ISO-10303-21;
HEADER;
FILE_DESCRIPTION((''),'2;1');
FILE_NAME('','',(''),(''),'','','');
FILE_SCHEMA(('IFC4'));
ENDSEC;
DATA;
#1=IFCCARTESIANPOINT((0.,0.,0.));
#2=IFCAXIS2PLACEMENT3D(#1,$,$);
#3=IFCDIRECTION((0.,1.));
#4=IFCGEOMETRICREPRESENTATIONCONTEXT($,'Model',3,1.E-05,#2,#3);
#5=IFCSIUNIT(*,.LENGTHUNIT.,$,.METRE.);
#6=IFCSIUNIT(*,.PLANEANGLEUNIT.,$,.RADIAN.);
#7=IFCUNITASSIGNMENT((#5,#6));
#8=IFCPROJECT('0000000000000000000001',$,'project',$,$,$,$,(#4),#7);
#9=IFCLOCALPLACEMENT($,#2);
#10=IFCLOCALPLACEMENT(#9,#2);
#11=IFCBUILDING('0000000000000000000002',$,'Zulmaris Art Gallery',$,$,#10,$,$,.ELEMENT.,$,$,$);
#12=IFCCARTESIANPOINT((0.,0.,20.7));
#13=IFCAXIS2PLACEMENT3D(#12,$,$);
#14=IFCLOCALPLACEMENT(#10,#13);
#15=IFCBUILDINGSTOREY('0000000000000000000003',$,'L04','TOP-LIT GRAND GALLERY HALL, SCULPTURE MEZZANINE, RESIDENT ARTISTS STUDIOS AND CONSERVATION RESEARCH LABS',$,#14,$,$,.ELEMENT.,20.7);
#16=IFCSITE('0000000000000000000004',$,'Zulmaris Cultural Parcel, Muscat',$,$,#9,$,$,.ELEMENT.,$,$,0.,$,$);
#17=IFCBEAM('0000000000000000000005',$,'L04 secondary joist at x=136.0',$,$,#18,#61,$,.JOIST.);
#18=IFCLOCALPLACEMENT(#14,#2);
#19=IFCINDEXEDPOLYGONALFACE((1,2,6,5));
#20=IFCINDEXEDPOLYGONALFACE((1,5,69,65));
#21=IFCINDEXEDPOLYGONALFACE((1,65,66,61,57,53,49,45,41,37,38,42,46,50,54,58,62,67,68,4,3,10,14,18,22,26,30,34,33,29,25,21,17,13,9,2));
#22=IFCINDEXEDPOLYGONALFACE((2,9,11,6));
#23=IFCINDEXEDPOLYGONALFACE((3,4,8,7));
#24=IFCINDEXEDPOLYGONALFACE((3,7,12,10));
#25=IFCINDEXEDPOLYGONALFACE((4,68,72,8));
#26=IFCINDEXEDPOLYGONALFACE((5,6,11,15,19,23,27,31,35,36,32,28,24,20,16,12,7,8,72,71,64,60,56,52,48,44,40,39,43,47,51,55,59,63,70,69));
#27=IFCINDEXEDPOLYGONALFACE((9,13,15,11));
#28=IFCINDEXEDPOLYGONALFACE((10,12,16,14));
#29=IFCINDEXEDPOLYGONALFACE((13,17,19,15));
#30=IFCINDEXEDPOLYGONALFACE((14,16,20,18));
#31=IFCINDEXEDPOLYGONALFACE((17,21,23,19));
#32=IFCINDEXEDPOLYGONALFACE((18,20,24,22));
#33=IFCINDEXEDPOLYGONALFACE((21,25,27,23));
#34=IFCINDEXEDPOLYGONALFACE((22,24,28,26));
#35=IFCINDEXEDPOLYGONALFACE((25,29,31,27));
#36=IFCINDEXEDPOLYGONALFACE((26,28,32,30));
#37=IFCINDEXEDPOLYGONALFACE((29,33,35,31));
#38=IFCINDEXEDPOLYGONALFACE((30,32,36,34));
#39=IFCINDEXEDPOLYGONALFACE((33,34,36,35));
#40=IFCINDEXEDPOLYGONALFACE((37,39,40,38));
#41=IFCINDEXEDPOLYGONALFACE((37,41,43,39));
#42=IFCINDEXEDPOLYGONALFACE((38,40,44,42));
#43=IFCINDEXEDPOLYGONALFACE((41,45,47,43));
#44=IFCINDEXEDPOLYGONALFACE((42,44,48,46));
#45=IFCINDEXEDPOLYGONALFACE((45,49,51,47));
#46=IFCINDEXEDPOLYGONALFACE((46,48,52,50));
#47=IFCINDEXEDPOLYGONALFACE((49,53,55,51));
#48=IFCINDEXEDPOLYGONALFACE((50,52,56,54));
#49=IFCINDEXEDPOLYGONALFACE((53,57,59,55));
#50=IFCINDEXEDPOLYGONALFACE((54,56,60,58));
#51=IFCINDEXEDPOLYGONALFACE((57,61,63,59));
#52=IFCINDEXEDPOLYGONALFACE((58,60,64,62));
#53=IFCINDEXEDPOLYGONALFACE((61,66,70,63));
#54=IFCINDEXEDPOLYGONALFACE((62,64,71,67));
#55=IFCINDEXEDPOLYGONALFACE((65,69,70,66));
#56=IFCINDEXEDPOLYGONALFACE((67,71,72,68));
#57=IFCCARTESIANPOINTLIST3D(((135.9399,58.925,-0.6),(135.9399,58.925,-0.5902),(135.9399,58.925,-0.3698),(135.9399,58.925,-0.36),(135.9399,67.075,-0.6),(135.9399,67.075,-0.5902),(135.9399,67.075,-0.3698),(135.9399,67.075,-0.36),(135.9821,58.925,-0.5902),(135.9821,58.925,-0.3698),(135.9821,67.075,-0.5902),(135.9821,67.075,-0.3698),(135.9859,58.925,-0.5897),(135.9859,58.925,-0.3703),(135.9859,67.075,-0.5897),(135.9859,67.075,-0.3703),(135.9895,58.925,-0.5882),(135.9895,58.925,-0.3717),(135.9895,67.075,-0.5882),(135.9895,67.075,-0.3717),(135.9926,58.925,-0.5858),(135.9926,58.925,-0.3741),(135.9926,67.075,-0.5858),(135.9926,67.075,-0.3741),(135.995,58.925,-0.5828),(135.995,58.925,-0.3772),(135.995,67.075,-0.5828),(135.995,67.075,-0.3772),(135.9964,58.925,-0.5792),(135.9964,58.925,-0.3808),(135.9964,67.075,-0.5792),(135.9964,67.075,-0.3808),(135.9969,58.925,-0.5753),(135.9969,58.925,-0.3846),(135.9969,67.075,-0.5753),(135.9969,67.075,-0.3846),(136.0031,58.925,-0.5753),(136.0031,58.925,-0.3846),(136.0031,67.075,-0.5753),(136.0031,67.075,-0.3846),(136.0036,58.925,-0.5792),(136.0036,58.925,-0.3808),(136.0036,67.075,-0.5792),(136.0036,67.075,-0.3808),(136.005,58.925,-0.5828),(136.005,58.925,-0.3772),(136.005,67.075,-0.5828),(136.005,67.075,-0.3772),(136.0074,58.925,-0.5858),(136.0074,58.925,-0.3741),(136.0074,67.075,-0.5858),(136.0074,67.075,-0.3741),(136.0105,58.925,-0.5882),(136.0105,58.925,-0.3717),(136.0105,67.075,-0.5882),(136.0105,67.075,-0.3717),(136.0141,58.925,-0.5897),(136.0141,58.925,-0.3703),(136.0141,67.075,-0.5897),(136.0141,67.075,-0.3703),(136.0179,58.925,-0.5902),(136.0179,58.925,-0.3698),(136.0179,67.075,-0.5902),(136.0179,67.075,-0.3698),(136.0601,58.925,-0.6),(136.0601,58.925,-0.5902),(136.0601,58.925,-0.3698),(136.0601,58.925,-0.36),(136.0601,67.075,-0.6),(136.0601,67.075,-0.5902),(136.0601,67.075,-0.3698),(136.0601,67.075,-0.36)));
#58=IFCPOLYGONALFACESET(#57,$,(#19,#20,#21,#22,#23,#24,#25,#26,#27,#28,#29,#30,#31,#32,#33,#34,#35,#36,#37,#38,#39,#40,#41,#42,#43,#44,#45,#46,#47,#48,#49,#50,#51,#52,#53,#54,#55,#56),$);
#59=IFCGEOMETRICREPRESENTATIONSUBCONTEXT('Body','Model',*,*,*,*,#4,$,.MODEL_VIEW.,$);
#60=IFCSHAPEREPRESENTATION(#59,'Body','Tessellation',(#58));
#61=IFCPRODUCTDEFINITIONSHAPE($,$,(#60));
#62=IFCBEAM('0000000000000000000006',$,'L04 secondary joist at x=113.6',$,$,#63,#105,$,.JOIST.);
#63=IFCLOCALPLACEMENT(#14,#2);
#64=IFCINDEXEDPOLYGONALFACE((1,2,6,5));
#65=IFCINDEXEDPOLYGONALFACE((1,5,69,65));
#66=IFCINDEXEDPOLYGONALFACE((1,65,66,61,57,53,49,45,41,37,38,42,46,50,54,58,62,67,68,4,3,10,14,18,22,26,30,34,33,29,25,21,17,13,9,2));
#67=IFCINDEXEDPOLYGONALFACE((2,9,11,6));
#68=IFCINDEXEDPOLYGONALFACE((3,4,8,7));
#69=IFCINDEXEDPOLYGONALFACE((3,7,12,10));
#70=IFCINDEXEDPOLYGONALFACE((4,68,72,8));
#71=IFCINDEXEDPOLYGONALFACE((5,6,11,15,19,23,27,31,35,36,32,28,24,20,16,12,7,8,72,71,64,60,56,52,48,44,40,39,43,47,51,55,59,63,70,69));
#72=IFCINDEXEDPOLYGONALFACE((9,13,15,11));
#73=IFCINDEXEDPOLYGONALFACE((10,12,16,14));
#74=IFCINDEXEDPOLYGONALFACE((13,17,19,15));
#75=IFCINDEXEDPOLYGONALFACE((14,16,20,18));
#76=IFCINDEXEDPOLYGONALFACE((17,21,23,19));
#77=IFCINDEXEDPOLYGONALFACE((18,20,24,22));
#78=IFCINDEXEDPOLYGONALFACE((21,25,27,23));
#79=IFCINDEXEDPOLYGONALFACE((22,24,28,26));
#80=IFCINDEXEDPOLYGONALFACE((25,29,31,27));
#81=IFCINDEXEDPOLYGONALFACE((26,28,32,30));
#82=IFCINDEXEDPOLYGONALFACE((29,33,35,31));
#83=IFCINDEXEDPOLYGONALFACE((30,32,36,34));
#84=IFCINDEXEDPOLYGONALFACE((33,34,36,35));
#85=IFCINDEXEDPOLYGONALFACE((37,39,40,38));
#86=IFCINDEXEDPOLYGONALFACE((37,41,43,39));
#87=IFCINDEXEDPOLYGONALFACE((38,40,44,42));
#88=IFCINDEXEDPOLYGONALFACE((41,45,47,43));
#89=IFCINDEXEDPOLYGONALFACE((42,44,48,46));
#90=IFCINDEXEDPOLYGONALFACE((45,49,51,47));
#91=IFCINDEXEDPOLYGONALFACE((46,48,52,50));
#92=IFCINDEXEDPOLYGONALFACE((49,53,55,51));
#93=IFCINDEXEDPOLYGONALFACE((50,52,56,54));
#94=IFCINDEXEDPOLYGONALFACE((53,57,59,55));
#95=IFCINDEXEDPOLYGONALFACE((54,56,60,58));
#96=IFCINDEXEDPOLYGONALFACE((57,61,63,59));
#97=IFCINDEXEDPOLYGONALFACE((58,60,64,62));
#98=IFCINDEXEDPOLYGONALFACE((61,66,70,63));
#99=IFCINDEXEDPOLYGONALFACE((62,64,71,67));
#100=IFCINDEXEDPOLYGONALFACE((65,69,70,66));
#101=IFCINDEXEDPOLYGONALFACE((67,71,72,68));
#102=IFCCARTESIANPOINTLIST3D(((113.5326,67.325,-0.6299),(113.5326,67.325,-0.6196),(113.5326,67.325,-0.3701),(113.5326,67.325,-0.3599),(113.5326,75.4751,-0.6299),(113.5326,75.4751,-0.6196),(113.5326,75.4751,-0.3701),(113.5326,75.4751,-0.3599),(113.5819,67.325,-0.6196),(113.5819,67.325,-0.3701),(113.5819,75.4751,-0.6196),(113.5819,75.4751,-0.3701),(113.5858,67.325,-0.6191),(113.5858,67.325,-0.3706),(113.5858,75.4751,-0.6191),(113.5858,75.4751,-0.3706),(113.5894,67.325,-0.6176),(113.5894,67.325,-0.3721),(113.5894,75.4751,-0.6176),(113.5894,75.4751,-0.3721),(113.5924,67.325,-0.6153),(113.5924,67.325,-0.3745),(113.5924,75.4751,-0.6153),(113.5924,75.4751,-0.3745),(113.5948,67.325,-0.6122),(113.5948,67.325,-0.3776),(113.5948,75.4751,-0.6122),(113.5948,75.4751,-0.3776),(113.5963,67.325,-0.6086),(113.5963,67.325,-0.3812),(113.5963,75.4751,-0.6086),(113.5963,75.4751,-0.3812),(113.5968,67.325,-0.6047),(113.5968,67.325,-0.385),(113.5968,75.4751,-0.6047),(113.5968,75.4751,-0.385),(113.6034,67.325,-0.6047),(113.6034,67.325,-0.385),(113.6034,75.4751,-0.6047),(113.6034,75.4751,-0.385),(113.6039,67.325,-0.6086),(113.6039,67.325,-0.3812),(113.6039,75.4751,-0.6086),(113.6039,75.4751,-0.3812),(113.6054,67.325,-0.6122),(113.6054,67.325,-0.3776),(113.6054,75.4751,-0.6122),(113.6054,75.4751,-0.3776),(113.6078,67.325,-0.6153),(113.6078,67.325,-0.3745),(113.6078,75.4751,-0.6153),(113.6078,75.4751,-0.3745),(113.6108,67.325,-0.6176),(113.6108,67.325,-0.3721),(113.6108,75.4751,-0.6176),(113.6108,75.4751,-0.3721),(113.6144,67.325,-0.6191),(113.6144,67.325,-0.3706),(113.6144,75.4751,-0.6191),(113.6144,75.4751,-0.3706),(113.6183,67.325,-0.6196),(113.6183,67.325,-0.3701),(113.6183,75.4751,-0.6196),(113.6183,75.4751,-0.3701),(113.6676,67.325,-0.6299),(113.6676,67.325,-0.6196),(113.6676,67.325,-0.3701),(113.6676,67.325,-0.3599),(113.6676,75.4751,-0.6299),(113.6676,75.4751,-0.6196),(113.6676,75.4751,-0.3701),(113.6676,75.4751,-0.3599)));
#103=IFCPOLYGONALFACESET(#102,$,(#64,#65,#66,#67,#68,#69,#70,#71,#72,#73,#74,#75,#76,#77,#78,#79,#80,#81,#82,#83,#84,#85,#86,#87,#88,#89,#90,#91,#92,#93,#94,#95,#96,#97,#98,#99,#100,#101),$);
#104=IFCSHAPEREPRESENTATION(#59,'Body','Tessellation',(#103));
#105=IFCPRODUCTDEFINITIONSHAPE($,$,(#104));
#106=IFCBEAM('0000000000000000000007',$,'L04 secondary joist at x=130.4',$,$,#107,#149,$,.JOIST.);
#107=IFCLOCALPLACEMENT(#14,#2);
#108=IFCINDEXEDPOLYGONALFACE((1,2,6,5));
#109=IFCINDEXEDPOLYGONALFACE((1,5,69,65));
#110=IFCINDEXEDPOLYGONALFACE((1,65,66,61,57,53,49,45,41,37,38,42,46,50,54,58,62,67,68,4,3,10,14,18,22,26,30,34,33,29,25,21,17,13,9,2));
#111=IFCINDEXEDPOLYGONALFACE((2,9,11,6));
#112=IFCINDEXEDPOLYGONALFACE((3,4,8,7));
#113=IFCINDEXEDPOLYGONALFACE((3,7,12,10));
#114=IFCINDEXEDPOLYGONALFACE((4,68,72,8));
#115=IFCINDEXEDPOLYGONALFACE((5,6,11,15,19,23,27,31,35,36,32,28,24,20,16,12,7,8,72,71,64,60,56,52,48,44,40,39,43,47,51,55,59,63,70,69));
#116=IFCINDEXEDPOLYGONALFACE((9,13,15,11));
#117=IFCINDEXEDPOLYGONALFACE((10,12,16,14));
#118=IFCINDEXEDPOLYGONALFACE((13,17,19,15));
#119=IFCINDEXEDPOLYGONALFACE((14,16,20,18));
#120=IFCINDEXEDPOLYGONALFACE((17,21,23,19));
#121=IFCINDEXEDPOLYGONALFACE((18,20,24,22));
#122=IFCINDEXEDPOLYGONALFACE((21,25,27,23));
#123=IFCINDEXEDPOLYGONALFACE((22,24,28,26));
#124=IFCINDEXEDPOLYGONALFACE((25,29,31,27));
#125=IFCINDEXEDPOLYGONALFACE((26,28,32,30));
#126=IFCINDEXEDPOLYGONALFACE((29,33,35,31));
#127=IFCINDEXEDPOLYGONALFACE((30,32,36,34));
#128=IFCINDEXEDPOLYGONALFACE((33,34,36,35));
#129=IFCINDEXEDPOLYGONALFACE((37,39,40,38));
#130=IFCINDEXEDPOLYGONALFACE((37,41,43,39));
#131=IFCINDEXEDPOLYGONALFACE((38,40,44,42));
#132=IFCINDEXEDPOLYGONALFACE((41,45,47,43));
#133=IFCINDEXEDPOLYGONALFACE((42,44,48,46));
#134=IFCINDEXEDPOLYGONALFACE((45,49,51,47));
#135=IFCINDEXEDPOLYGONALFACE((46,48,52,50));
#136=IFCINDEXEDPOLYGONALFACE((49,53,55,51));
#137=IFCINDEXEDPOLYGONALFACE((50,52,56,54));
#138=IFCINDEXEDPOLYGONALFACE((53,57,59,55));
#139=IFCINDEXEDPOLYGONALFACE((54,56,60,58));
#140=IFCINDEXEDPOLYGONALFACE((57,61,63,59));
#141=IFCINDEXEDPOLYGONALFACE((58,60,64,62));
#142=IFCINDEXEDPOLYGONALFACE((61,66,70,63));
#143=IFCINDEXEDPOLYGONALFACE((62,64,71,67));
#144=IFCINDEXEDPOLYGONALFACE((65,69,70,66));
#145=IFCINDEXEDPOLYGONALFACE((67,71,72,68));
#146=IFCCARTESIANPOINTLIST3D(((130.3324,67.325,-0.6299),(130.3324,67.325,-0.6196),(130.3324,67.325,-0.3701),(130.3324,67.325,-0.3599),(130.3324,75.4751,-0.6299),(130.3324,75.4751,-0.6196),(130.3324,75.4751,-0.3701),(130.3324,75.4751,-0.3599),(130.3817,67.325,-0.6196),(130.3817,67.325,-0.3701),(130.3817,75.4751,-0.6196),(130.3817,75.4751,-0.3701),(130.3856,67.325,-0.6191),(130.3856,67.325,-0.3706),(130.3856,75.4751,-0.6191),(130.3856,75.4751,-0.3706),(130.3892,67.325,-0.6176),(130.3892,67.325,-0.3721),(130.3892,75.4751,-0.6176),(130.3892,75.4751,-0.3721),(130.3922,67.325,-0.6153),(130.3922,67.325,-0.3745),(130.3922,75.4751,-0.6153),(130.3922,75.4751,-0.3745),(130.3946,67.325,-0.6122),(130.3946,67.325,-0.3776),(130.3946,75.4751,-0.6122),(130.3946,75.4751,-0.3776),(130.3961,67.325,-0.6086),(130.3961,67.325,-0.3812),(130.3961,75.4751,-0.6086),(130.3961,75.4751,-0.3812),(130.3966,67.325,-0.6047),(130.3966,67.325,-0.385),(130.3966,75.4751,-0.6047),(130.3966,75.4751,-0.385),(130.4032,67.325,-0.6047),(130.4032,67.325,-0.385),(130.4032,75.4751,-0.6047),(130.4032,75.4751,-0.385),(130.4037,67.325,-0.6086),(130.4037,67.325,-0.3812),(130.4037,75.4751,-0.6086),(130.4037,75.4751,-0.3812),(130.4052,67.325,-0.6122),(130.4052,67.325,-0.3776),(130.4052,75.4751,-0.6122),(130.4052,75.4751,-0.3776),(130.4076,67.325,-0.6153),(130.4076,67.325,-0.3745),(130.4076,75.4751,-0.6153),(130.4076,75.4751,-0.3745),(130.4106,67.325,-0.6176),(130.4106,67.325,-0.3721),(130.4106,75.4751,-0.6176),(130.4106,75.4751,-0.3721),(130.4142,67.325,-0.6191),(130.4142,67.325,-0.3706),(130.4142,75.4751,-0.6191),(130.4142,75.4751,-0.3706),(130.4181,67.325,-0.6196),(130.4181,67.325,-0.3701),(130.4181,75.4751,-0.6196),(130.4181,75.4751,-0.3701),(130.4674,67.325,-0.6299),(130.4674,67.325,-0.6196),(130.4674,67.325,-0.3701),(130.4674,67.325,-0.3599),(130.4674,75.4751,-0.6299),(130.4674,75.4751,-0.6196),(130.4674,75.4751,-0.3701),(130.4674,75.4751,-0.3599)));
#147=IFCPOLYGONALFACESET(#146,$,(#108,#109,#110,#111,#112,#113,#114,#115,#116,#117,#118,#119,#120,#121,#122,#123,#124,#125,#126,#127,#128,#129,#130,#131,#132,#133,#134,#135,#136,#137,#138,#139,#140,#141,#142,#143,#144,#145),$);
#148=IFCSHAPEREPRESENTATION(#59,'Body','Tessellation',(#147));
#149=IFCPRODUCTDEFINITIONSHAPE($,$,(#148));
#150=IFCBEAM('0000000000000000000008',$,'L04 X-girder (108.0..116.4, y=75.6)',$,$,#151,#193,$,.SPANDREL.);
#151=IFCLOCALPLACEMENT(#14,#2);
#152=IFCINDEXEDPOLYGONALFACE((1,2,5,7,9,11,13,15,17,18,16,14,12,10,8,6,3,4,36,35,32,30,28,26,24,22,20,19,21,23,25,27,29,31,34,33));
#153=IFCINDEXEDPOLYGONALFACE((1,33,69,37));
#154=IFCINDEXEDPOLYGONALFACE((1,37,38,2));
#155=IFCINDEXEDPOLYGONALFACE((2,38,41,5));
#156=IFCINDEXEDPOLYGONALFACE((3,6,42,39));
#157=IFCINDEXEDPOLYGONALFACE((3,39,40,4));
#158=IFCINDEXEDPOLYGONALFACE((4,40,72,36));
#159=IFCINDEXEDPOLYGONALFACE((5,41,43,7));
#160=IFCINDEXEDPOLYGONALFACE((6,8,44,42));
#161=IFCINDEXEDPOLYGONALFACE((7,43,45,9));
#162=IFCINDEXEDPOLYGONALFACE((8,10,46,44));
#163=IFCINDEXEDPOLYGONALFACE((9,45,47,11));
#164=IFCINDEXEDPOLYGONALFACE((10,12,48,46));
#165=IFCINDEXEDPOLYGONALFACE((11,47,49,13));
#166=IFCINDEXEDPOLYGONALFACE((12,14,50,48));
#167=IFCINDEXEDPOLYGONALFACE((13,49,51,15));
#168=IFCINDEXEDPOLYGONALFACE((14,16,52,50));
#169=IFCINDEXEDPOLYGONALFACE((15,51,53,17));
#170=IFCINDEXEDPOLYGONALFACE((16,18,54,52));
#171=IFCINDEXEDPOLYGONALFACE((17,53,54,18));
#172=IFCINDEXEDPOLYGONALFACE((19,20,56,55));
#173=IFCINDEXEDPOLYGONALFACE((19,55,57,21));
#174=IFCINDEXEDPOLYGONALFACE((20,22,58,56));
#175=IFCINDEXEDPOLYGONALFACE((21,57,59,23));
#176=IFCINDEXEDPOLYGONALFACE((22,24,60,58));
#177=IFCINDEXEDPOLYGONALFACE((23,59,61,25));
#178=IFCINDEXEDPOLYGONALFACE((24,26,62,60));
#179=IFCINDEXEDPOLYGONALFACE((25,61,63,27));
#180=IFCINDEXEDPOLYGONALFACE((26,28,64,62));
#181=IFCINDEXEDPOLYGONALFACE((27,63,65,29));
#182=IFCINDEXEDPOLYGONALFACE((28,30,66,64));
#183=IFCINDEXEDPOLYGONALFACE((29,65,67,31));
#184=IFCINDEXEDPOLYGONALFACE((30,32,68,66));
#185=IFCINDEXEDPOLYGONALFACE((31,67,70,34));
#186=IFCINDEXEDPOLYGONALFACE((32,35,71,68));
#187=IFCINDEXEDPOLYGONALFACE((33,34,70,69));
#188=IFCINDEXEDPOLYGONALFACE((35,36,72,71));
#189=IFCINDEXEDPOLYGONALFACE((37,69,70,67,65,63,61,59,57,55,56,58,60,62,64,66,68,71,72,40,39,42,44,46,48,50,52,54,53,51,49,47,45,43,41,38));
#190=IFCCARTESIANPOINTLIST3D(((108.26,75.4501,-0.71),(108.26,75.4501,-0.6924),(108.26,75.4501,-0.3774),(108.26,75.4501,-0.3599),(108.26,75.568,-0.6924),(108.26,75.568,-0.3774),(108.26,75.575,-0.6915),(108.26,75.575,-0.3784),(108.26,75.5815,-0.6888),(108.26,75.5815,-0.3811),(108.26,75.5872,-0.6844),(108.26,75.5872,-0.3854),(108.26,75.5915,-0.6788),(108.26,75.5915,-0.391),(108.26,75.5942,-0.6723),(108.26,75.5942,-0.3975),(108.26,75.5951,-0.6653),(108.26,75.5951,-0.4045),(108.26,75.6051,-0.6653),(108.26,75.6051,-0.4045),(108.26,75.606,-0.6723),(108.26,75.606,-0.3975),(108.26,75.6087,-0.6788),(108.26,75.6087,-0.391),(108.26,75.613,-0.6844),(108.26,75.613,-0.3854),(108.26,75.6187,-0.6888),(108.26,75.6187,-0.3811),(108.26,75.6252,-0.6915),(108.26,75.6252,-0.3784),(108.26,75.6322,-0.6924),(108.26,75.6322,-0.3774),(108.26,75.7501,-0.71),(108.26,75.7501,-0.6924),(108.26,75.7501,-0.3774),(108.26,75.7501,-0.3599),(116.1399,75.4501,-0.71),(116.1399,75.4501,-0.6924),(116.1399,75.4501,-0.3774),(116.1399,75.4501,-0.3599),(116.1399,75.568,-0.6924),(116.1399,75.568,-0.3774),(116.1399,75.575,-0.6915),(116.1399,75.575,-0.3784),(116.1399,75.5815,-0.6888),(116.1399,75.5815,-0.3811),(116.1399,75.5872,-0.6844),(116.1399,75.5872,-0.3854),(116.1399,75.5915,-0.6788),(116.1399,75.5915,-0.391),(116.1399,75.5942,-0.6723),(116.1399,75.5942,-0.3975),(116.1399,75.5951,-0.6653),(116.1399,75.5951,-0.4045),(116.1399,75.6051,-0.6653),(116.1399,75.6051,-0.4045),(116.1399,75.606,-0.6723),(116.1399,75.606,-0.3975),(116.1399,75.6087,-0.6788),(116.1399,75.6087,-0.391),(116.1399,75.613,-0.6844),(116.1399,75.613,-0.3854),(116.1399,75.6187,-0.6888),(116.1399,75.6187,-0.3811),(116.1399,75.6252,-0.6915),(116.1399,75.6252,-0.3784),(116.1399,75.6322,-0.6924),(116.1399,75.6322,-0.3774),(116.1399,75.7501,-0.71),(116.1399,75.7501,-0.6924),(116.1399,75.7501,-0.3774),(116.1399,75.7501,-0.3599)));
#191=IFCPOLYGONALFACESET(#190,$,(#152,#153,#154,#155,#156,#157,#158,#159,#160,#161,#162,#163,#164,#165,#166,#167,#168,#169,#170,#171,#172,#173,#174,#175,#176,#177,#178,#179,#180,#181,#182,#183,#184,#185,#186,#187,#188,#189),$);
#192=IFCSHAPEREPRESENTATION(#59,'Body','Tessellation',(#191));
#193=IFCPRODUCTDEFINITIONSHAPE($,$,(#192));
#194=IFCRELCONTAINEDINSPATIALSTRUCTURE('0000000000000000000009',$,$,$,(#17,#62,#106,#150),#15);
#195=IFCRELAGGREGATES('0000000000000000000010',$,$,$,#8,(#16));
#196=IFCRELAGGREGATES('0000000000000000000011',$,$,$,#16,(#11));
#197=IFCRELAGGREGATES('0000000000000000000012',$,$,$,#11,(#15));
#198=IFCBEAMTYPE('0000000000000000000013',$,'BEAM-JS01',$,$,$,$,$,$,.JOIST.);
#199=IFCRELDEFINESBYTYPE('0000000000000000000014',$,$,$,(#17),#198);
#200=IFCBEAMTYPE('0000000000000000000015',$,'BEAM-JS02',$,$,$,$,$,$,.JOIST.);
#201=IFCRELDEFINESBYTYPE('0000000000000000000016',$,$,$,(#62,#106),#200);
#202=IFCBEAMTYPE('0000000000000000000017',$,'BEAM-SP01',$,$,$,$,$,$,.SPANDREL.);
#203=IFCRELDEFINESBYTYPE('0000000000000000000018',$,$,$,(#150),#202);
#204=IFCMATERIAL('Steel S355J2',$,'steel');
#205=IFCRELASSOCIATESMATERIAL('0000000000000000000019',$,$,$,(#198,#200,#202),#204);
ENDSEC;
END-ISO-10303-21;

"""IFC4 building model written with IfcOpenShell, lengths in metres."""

from ifc_helpers import new_model, si_unit, direction, frame, origin, origin_2d, place, context, subcontext, project, spatial, i_section, extrude, material, material_profile, profile_set, type_object, element, save


model = new_model("IFC4")

# Units and contexts
model_context = context("Model", 3, precision=1e-05, world=origin(), true_north=direction((0.0, 1.0)))
body_context = subcontext(model_context, "Body", "Model", "MODEL_VIEW")
ifc_project = project(units=[si_unit("LENGTHUNIT", "METRE"), si_unit("PLANEANGLEUNIT", "RADIAN")], contexts=[model_context])

# Site, building, storey
site_placement = place(None, origin())
site = spatial("IfcSite", under=ifc_project, at=site_placement, Name="Zulmaris Cultural Parcel, Muscat", CompositionType="ELEMENT", RefElevation=0.0)
building_placement = place(site_placement, origin())
building = spatial("IfcBuilding", under=site, at=building_placement, Name="Zulmaris Art Gallery", CompositionType="ELEMENT")
storey_placement = place(building_placement, frame((0.0, 0.0, 20.7)))
storey = spatial("IfcBuildingStorey", under=building, at=storey_placement, Name="L04", Description="TOP-LIT GRAND GALLERY HALL, SCULPTURE MEZZANINE, RESIDENT ARTISTS STUDIOS AND CONSERVATION RESEARCH LABS", CompositionType="ELEMENT", Elevation=20.7)

# Beams
ifc_material_1 = material(Name="Steel S355J2", Category="steel")
ifc_material_profile_1 = material_profile(ifc_material_1, i_section(OverallWidth=0.1201, OverallDepth=0.24, WebThickness=0.0061, FlangeThickness=0.0098, FilletRadius=0.0149, at=origin_2d()), Name="IPE 240")
ifc_profile_set_1 = profile_set([ifc_material_profile_1], Name="Steel S355J2")
beam_type_1 = type_object("IfcBeamType", Name="BEAM-JS01", PredefinedType="JOIST", material=ifc_profile_set_1)
beam_1_placement = place(storey_placement, frame((136.0, 58.925, -0.48), z_axis=(0.0, 1.0, 0.0), x_axis=(-1.0, 0.0, 0.0)))
element("IfcBeam", 1, at=beam_1_placement, inside=storey, type_object=beam_type_1, Name="L04 secondary joist at x=136.0", PredefinedType="JOIST", context=body_context, shape_type="SweptSolid", body=[
    extrude(i_section(OverallWidth=0.1201, OverallDepth=0.24, WebThickness=0.0061, FlangeThickness=0.0098, FilletRadius=0.0149, at=origin_2d()), origin(), (0.0, 0.0, 1.0), 8.1499),
])
ifc_material_profile_2 = material_profile(ifc_material_1, i_section(OverallWidth=0.135, OverallDepth=0.27, WebThickness=0.0066, FlangeThickness=0.0103, FilletRadius=0.0149, at=origin_2d()), Name="IPE 270")
ifc_profile_set_2 = profile_set([ifc_material_profile_2], Name="Steel S355J2")
beam_type_2 = type_object("IfcBeamType", Name="BEAM-JS02", PredefinedType="JOIST", material=ifc_profile_set_2)
for number, where, z_axis, x_axis, name in (
    (2, (113.6001, 67.325, -0.4949), (0.0, 1.0, 0.0), (-1.0, 0.0, 0.0), "L04 secondary joist at x=113.6"),
    (3, (130.3999, 67.325, -0.4949), (0.0, 1.0, 0.0), (-1.0, 0.0, 0.0), "L04 secondary joist at x=130.4"),
):
    element("IfcBeam", number, at=place(storey_placement, frame(where, z_axis=z_axis, x_axis=x_axis)), inside=storey, type_object=beam_type_2, Name=name, PredefinedType="JOIST", context=body_context, shape_type="SweptSolid", body=[
        extrude(i_section(OverallWidth=0.135, OverallDepth=0.27, WebThickness=0.0066, FlangeThickness=0.0103, FilletRadius=0.0149, at=origin_2d()), origin(), (0.0, 0.0, 1.0), 8.1501),
    ])
ifc_material_profile_3 = material_profile(ifc_material_1, i_section(OverallWidth=0.3, OverallDepth=0.3501, WebThickness=0.01, FlangeThickness=0.0176, FilletRadius=0.0271, at=origin_2d()), Name="HEA 360")
ifc_profile_set_3 = profile_set([ifc_material_profile_3], Name="Steel S355J2")
beam_type_3 = type_object("IfcBeamType", Name="BEAM-SP01", PredefinedType="SPANDREL", material=ifc_profile_set_3)
for number, where, z_axis, x_axis, name in (
    (4, (108.26, 75.6001, -0.5349), (1.0, 0.0, 0.0), (0.0, 1.0, 0.0), "L04 X-girder (108.0..116.4, y=75.6)"),
):
    element("IfcBeam", number, at=place(storey_placement, frame(where, z_axis=z_axis, x_axis=x_axis)), inside=storey, type_object=beam_type_3, Name=name, PredefinedType="SPANDREL", context=body_context, shape_type="SweptSolid", body=[
        extrude(i_section(OverallWidth=0.3, OverallDepth=0.3501, WebThickness=0.01, FlangeThickness=0.0176, FilletRadius=0.0271, at=origin_2d()), origin(), (0.0, 0.0, 1.0), 7.8799),
    ])

save(model, "model.ifc")
